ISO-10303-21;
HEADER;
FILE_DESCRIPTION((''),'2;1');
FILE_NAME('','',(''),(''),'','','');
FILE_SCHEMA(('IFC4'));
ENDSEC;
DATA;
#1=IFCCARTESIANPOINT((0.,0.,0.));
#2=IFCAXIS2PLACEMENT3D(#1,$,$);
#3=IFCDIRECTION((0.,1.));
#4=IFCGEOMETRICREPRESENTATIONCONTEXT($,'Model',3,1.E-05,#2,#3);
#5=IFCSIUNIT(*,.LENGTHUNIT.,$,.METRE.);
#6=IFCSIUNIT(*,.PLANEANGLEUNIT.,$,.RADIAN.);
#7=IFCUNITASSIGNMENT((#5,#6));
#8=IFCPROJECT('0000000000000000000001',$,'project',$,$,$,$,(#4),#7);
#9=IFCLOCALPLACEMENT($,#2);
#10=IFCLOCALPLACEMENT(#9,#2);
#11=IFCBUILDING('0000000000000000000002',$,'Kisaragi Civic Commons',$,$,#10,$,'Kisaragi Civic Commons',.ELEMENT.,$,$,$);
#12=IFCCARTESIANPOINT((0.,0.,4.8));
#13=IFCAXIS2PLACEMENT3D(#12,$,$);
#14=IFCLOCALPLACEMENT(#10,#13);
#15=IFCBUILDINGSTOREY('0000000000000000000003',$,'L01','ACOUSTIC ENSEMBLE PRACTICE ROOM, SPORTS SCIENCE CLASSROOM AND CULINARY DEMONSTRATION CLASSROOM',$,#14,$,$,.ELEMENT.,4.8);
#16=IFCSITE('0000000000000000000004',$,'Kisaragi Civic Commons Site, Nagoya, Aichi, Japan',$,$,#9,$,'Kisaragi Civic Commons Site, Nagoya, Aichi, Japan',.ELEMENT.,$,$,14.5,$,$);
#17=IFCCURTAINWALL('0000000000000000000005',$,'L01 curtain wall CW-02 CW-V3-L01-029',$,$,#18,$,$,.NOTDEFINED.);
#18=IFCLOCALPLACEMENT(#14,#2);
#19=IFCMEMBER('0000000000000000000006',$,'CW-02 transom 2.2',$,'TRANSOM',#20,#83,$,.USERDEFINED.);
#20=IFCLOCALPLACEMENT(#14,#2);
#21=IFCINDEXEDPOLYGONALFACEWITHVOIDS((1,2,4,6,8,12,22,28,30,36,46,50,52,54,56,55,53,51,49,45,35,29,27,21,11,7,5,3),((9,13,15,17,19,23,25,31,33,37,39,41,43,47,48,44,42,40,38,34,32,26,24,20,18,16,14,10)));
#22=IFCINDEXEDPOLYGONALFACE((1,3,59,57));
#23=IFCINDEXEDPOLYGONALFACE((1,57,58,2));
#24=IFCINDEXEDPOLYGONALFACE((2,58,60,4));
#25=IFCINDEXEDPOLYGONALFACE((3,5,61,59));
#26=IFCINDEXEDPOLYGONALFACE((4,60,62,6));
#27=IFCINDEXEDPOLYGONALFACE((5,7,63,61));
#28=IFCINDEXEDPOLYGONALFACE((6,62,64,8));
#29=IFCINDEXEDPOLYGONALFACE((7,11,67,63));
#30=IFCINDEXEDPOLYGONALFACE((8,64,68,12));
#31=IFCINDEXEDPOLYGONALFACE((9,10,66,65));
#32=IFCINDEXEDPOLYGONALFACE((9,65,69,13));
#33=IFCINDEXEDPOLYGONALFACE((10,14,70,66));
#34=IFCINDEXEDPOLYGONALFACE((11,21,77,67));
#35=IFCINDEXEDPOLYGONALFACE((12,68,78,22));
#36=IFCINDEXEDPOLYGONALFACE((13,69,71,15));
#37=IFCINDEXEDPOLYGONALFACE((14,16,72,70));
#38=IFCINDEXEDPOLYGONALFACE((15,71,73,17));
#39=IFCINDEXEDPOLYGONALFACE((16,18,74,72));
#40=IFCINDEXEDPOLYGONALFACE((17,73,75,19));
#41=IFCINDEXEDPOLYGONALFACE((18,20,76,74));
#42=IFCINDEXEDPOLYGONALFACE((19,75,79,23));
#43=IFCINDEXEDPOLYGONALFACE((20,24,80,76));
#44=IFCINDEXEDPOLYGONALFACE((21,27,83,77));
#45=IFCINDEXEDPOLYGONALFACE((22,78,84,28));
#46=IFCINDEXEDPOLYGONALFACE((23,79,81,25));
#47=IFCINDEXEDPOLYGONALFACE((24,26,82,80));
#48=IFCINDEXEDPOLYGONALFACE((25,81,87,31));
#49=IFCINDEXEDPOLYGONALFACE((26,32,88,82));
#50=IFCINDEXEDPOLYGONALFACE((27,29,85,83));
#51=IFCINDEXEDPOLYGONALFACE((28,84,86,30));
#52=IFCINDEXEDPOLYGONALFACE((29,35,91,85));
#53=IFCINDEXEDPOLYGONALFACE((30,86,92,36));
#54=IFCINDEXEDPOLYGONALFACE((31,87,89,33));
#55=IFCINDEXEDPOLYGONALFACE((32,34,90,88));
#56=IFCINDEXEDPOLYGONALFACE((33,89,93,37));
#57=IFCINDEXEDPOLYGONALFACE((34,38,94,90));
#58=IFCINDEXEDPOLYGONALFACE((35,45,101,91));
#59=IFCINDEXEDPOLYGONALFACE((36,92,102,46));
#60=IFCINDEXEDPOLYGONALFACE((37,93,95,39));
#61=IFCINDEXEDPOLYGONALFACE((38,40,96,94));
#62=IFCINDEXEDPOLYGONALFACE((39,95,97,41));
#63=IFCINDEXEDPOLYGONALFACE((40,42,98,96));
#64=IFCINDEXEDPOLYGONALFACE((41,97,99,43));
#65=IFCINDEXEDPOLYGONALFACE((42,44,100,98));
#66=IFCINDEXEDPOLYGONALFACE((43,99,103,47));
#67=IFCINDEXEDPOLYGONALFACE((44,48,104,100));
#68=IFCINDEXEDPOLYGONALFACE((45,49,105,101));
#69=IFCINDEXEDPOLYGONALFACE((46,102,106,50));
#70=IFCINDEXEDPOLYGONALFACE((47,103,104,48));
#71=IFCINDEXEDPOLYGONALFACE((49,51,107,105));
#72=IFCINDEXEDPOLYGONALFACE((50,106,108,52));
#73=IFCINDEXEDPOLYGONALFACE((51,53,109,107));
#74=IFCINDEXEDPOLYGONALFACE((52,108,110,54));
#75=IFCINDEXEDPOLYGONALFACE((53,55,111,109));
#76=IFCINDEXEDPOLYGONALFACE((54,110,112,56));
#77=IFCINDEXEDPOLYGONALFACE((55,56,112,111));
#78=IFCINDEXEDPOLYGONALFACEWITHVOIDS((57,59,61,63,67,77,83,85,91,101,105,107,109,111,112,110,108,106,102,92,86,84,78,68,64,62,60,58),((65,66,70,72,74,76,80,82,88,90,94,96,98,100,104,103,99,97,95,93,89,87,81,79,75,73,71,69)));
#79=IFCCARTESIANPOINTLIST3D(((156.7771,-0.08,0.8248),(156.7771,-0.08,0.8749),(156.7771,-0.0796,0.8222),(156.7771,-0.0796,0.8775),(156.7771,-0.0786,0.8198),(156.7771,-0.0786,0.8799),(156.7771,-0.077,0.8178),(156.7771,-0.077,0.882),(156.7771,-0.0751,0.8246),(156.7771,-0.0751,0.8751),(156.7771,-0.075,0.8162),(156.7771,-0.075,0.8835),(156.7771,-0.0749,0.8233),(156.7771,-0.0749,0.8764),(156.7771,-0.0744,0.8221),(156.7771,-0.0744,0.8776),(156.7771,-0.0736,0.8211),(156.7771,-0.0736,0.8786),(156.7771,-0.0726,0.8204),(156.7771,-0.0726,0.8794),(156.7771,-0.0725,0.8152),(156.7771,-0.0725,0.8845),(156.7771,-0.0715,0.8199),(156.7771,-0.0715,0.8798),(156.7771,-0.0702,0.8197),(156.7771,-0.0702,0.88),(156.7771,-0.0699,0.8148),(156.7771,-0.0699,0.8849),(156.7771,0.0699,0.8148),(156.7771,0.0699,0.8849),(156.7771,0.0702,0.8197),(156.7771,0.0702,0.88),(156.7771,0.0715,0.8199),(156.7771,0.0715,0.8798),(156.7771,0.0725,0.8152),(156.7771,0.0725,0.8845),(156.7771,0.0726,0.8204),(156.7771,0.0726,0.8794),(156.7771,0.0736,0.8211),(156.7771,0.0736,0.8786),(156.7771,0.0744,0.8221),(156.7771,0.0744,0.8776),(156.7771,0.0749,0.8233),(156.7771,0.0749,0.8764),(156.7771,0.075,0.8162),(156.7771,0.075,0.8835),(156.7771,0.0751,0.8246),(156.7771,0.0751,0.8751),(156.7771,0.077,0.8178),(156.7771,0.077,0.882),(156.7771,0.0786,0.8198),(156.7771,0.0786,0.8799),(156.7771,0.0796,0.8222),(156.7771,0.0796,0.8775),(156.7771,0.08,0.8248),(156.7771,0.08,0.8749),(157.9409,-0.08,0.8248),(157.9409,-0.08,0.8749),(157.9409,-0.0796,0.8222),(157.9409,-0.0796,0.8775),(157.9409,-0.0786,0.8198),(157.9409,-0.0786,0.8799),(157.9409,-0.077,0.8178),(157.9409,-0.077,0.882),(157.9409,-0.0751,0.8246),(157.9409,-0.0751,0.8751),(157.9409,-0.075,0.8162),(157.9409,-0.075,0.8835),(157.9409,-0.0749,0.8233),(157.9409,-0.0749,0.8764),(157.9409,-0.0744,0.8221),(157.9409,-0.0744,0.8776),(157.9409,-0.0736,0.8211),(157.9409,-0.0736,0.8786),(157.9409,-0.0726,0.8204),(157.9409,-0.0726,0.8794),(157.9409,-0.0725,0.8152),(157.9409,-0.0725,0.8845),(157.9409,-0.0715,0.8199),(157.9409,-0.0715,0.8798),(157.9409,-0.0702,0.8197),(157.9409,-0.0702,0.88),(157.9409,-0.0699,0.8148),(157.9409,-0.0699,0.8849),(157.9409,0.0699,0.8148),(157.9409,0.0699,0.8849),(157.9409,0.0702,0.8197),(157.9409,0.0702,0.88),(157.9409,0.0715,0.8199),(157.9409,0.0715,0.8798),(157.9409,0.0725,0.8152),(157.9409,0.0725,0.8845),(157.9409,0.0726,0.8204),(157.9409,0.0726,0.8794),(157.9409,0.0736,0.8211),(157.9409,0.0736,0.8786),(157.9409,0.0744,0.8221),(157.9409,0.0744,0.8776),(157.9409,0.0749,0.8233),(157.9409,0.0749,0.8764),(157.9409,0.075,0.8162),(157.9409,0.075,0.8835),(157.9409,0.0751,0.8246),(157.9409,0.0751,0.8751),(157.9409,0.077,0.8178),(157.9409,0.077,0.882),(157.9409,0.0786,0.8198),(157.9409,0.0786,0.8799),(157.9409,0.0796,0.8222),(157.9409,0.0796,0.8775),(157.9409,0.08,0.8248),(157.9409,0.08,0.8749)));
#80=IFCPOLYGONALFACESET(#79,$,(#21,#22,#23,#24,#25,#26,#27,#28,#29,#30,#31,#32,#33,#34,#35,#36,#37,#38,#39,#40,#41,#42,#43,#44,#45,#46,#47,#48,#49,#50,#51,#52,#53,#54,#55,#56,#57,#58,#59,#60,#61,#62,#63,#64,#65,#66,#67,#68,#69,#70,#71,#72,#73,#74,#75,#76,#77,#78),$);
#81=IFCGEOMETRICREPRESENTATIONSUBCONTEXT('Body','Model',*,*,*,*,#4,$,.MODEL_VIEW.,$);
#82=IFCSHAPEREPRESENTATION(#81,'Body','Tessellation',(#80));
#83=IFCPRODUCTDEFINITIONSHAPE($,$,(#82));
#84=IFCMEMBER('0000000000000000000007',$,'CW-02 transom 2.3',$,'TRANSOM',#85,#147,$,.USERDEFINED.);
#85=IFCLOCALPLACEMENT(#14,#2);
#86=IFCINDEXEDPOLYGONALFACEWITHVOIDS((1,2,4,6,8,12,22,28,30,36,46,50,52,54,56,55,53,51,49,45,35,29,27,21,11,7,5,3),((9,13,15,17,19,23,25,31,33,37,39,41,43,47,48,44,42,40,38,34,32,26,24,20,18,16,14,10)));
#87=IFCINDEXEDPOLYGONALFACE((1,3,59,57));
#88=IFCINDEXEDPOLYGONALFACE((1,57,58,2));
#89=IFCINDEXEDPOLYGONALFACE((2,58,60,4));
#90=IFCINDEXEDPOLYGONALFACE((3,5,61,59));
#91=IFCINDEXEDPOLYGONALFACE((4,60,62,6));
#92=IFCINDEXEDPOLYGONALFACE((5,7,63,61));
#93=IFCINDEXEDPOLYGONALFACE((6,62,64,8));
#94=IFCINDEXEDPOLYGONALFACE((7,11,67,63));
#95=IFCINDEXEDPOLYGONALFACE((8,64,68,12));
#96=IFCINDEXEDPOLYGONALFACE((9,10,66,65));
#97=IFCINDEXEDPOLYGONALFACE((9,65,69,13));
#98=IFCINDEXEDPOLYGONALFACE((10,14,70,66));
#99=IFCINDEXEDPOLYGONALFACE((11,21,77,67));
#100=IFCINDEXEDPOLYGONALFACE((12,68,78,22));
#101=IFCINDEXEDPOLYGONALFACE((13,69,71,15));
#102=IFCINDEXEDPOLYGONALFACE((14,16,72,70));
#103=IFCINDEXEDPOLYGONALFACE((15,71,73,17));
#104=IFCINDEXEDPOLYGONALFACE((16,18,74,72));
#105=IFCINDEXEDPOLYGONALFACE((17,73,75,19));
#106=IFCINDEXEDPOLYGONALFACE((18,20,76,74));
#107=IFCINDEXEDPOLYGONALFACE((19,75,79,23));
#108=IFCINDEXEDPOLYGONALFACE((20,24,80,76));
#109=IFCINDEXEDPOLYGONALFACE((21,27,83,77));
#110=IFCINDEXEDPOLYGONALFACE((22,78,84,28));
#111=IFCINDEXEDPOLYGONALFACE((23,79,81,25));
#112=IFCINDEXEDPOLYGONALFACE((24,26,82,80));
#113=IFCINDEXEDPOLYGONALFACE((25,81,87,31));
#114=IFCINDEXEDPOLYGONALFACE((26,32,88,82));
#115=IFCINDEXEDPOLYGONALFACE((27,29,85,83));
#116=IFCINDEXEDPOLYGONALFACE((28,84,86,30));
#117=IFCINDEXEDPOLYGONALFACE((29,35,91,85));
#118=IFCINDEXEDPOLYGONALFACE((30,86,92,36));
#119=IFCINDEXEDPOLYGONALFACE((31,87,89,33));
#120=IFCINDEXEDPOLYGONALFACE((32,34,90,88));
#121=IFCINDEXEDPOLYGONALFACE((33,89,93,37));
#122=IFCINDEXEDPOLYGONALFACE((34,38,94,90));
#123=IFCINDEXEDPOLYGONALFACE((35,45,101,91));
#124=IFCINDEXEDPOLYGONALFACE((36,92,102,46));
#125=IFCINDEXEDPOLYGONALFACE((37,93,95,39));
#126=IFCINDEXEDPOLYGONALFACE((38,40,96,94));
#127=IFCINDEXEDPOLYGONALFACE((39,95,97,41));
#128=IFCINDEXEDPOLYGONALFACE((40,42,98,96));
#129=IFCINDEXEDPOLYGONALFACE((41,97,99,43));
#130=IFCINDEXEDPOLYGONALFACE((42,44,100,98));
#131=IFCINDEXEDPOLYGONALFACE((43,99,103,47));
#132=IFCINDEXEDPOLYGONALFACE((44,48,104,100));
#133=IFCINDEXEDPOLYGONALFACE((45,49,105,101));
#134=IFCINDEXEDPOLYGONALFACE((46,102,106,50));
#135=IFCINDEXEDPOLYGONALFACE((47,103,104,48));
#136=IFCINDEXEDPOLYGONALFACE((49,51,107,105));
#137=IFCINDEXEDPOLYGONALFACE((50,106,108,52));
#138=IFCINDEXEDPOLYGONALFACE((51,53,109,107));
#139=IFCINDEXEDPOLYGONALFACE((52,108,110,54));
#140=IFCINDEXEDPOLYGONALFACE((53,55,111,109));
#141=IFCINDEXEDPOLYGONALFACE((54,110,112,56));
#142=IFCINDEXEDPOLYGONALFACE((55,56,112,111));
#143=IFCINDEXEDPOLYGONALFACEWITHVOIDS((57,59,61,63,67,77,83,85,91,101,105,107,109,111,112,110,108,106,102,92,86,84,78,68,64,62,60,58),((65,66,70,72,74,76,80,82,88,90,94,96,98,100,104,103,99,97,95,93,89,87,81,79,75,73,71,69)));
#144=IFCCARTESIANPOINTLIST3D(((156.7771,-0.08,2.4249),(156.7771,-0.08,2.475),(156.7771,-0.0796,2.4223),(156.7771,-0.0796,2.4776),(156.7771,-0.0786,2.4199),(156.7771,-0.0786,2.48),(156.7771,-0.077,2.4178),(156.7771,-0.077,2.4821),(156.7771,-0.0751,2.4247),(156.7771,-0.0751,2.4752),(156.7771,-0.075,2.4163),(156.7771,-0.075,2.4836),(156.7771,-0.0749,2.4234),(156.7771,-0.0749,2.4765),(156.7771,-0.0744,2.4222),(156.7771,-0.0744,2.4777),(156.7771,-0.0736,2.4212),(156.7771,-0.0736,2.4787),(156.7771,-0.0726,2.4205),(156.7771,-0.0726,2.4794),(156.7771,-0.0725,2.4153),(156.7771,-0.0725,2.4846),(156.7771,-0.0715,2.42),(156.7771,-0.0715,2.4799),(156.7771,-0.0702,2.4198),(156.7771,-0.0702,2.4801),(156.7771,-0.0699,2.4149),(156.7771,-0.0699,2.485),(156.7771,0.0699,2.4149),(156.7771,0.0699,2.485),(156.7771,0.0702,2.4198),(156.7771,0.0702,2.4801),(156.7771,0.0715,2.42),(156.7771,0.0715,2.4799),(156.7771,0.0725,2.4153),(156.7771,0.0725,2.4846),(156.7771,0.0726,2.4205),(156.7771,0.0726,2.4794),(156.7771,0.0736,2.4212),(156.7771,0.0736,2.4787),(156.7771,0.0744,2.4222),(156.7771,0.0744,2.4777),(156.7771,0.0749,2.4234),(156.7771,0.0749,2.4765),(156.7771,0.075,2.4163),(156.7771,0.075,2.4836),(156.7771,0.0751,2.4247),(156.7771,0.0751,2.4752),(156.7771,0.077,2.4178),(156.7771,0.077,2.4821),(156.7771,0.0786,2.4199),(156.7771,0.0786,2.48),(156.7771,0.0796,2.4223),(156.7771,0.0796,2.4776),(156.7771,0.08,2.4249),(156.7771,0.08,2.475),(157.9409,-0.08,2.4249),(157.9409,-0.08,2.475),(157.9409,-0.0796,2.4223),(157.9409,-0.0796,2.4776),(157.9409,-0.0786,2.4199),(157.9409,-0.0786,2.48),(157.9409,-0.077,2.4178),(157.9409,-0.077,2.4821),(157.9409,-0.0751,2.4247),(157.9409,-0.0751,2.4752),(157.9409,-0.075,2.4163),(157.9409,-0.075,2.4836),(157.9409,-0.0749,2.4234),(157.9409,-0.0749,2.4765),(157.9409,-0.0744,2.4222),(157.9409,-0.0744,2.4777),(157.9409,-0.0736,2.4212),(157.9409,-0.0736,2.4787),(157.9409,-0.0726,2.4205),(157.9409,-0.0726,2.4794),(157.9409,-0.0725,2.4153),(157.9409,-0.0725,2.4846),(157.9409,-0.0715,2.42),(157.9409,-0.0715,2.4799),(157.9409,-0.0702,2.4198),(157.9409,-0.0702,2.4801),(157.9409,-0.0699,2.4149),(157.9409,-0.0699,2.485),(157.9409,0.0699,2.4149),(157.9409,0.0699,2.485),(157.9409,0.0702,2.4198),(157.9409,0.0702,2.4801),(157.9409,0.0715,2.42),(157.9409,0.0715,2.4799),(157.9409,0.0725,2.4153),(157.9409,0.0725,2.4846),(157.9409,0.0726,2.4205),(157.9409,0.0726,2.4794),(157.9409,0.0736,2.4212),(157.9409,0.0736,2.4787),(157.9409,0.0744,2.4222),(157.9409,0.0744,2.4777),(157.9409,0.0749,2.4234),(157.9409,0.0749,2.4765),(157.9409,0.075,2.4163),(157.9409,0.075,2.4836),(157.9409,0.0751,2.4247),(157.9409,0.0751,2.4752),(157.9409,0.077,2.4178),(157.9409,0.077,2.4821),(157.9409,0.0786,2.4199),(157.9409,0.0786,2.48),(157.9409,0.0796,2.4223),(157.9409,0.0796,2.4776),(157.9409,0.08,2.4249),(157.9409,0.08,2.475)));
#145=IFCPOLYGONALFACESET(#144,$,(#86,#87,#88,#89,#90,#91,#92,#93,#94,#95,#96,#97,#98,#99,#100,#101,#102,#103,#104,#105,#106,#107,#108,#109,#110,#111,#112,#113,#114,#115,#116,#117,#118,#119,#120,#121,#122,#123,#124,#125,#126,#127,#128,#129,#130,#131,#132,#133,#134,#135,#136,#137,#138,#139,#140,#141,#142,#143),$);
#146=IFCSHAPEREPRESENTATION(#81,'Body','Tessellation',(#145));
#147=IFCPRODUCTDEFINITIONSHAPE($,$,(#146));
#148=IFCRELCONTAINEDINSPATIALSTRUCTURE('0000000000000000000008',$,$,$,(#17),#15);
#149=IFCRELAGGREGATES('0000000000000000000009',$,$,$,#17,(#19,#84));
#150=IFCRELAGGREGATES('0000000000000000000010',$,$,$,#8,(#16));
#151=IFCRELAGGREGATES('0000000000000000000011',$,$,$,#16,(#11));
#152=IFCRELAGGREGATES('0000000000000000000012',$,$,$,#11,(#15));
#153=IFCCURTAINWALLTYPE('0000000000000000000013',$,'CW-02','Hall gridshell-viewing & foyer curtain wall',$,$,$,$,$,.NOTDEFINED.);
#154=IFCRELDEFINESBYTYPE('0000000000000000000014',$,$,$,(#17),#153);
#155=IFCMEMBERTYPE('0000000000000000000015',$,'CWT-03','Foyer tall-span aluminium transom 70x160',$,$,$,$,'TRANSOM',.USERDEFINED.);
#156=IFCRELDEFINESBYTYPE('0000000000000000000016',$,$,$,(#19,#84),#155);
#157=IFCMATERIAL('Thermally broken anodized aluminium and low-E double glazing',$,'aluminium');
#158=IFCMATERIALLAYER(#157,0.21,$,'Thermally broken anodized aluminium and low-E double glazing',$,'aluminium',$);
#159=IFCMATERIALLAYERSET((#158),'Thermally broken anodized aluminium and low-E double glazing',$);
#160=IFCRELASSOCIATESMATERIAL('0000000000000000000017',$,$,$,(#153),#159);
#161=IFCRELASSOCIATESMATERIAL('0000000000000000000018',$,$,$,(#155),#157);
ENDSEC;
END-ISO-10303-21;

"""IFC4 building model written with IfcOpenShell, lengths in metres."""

from ifc_helpers import new_model, si_unit, direction, frame, origin, origin_2d, place, context, subcontext, project, spatial, hollow_rectangle, extrude, material, layer, layer_set, material_profile, profile_set, type_object, element, aggregate, save


model = new_model("IFC4")

# Units and contexts
model_context = context("Model", 3, precision=1e-05, world=origin(), true_north=direction((0.0, 1.0)))
body_context = subcontext(model_context, "Body", "Model", "MODEL_VIEW")
ifc_project = project(units=[si_unit("LENGTHUNIT", "METRE"), si_unit("PLANEANGLEUNIT", "RADIAN")], contexts=[model_context])

# Site, building, storey
site_placement = place(None, origin())
site = spatial("IfcSite", under=ifc_project, at=site_placement, Name="Kisaragi Civic Commons Site, Nagoya, Aichi, Japan", LongName="Kisaragi Civic Commons Site, Nagoya, Aichi, Japan", CompositionType="ELEMENT", RefElevation=14.5)
building_placement = place(site_placement, origin())
building = spatial("IfcBuilding", under=site, at=building_placement, Name="Kisaragi Civic Commons", LongName="Kisaragi Civic Commons", CompositionType="ELEMENT")
storey_placement = place(building_placement, frame((0.0, 0.0, 4.8)))
storey = spatial("IfcBuildingStorey", under=building, at=storey_placement, Name="L01", Description="ACOUSTIC ENSEMBLE PRACTICE ROOM, SPORTS SCIENCE CLASSROOM AND CULINARY DEMONSTRATION CLASSROOM", CompositionType="ELEMENT", Elevation=4.8)

# Curtain wall, members
ifc_material = material(Name="Thermally broken anodized aluminium and low-E double glazing", Category="aluminium")
ifc_layer_1 = layer(ifc_material, 0.21, Name="Thermally broken anodized aluminium and low-E double glazing", Category="aluminium")
ifc_layer_set_1 = layer_set([ifc_layer_1], Name="Thermally broken anodized aluminium and low-E double glazing")
curtain_wall_type = type_object("IfcCurtainWallType", Name="CW-02", Description="Hall gridshell-viewing & foyer curtain wall", PredefinedType="NOTDEFINED", material=ifc_layer_set_1)
curtain_wall_placement = place(storey_placement, origin())
curtain_wall = element("IfcCurtainWall", 1, at=curtain_wall_placement, inside=storey, type_object=curtain_wall_type, Name="L01 curtain wall CW-02 CW-V3-L01-029", PredefinedType="NOTDEFINED")
ifc_material_profile_1 = material_profile(ifc_material, hollow_rectangle(XDim=0.1599, YDim=0.0701, WallThickness=0.0049, InnerFilletRadius=0.0049, OuterFilletRadius=0.01, at=origin_2d()), Name="CWT-70x160x5", Category="aluminium")
ifc_profile_set_1 = profile_set([ifc_material_profile_1], Name="Thermally broken anodized aluminium and low-E double glazing")
member_type_1 = type_object("IfcMemberType", Name="CWT-03", Description="Foyer tall-span aluminium transom 70x160", ElementType="TRANSOM", PredefinedType="USERDEFINED", material=ifc_profile_set_1)
member_1_placement = place(storey_placement, frame((157.9409, 0.0, 0.8499), z_axis=(-1.0, 0.0, 0.0), x_axis=(0.0, -1.0, 0.0)))
member_1 = element("IfcMember", 2, at=member_1_placement, type_object=member_type_1, Name="CW-02 transom 2.2", ObjectType="TRANSOM", PredefinedType="USERDEFINED", context=body_context, shape_type="SweptSolid", body=[
    extrude(hollow_rectangle(XDim=0.1599, YDim=0.0701, WallThickness=0.0049, InnerFilletRadius=0.0049, OuterFilletRadius=0.01, at=origin_2d()), origin(), (0.0, 0.0, 1.0), 1.1638),
])
member_2_placement = place(storey_placement, frame((157.9409, 0.0, 2.45), z_axis=(-1.0, 0.0, 0.0), x_axis=(0.0, -1.0, 0.0)))
member_2 = element("IfcMember", 3, at=member_2_placement, type_object=member_type_1, Name="CW-02 transom 2.3", ObjectType="TRANSOM", PredefinedType="USERDEFINED", context=body_context, shape_type="SweptSolid", body=[
    extrude(hollow_rectangle(XDim=0.1599, YDim=0.0701, WallThickness=0.0049, InnerFilletRadius=0.0049, OuterFilletRadius=0.01, at=origin_2d()), origin(), (0.0, 0.0, 1.0), 1.1638),
])
aggregate(curtain_wall, [member_1, member_2])

save(model, "model.ifc")
